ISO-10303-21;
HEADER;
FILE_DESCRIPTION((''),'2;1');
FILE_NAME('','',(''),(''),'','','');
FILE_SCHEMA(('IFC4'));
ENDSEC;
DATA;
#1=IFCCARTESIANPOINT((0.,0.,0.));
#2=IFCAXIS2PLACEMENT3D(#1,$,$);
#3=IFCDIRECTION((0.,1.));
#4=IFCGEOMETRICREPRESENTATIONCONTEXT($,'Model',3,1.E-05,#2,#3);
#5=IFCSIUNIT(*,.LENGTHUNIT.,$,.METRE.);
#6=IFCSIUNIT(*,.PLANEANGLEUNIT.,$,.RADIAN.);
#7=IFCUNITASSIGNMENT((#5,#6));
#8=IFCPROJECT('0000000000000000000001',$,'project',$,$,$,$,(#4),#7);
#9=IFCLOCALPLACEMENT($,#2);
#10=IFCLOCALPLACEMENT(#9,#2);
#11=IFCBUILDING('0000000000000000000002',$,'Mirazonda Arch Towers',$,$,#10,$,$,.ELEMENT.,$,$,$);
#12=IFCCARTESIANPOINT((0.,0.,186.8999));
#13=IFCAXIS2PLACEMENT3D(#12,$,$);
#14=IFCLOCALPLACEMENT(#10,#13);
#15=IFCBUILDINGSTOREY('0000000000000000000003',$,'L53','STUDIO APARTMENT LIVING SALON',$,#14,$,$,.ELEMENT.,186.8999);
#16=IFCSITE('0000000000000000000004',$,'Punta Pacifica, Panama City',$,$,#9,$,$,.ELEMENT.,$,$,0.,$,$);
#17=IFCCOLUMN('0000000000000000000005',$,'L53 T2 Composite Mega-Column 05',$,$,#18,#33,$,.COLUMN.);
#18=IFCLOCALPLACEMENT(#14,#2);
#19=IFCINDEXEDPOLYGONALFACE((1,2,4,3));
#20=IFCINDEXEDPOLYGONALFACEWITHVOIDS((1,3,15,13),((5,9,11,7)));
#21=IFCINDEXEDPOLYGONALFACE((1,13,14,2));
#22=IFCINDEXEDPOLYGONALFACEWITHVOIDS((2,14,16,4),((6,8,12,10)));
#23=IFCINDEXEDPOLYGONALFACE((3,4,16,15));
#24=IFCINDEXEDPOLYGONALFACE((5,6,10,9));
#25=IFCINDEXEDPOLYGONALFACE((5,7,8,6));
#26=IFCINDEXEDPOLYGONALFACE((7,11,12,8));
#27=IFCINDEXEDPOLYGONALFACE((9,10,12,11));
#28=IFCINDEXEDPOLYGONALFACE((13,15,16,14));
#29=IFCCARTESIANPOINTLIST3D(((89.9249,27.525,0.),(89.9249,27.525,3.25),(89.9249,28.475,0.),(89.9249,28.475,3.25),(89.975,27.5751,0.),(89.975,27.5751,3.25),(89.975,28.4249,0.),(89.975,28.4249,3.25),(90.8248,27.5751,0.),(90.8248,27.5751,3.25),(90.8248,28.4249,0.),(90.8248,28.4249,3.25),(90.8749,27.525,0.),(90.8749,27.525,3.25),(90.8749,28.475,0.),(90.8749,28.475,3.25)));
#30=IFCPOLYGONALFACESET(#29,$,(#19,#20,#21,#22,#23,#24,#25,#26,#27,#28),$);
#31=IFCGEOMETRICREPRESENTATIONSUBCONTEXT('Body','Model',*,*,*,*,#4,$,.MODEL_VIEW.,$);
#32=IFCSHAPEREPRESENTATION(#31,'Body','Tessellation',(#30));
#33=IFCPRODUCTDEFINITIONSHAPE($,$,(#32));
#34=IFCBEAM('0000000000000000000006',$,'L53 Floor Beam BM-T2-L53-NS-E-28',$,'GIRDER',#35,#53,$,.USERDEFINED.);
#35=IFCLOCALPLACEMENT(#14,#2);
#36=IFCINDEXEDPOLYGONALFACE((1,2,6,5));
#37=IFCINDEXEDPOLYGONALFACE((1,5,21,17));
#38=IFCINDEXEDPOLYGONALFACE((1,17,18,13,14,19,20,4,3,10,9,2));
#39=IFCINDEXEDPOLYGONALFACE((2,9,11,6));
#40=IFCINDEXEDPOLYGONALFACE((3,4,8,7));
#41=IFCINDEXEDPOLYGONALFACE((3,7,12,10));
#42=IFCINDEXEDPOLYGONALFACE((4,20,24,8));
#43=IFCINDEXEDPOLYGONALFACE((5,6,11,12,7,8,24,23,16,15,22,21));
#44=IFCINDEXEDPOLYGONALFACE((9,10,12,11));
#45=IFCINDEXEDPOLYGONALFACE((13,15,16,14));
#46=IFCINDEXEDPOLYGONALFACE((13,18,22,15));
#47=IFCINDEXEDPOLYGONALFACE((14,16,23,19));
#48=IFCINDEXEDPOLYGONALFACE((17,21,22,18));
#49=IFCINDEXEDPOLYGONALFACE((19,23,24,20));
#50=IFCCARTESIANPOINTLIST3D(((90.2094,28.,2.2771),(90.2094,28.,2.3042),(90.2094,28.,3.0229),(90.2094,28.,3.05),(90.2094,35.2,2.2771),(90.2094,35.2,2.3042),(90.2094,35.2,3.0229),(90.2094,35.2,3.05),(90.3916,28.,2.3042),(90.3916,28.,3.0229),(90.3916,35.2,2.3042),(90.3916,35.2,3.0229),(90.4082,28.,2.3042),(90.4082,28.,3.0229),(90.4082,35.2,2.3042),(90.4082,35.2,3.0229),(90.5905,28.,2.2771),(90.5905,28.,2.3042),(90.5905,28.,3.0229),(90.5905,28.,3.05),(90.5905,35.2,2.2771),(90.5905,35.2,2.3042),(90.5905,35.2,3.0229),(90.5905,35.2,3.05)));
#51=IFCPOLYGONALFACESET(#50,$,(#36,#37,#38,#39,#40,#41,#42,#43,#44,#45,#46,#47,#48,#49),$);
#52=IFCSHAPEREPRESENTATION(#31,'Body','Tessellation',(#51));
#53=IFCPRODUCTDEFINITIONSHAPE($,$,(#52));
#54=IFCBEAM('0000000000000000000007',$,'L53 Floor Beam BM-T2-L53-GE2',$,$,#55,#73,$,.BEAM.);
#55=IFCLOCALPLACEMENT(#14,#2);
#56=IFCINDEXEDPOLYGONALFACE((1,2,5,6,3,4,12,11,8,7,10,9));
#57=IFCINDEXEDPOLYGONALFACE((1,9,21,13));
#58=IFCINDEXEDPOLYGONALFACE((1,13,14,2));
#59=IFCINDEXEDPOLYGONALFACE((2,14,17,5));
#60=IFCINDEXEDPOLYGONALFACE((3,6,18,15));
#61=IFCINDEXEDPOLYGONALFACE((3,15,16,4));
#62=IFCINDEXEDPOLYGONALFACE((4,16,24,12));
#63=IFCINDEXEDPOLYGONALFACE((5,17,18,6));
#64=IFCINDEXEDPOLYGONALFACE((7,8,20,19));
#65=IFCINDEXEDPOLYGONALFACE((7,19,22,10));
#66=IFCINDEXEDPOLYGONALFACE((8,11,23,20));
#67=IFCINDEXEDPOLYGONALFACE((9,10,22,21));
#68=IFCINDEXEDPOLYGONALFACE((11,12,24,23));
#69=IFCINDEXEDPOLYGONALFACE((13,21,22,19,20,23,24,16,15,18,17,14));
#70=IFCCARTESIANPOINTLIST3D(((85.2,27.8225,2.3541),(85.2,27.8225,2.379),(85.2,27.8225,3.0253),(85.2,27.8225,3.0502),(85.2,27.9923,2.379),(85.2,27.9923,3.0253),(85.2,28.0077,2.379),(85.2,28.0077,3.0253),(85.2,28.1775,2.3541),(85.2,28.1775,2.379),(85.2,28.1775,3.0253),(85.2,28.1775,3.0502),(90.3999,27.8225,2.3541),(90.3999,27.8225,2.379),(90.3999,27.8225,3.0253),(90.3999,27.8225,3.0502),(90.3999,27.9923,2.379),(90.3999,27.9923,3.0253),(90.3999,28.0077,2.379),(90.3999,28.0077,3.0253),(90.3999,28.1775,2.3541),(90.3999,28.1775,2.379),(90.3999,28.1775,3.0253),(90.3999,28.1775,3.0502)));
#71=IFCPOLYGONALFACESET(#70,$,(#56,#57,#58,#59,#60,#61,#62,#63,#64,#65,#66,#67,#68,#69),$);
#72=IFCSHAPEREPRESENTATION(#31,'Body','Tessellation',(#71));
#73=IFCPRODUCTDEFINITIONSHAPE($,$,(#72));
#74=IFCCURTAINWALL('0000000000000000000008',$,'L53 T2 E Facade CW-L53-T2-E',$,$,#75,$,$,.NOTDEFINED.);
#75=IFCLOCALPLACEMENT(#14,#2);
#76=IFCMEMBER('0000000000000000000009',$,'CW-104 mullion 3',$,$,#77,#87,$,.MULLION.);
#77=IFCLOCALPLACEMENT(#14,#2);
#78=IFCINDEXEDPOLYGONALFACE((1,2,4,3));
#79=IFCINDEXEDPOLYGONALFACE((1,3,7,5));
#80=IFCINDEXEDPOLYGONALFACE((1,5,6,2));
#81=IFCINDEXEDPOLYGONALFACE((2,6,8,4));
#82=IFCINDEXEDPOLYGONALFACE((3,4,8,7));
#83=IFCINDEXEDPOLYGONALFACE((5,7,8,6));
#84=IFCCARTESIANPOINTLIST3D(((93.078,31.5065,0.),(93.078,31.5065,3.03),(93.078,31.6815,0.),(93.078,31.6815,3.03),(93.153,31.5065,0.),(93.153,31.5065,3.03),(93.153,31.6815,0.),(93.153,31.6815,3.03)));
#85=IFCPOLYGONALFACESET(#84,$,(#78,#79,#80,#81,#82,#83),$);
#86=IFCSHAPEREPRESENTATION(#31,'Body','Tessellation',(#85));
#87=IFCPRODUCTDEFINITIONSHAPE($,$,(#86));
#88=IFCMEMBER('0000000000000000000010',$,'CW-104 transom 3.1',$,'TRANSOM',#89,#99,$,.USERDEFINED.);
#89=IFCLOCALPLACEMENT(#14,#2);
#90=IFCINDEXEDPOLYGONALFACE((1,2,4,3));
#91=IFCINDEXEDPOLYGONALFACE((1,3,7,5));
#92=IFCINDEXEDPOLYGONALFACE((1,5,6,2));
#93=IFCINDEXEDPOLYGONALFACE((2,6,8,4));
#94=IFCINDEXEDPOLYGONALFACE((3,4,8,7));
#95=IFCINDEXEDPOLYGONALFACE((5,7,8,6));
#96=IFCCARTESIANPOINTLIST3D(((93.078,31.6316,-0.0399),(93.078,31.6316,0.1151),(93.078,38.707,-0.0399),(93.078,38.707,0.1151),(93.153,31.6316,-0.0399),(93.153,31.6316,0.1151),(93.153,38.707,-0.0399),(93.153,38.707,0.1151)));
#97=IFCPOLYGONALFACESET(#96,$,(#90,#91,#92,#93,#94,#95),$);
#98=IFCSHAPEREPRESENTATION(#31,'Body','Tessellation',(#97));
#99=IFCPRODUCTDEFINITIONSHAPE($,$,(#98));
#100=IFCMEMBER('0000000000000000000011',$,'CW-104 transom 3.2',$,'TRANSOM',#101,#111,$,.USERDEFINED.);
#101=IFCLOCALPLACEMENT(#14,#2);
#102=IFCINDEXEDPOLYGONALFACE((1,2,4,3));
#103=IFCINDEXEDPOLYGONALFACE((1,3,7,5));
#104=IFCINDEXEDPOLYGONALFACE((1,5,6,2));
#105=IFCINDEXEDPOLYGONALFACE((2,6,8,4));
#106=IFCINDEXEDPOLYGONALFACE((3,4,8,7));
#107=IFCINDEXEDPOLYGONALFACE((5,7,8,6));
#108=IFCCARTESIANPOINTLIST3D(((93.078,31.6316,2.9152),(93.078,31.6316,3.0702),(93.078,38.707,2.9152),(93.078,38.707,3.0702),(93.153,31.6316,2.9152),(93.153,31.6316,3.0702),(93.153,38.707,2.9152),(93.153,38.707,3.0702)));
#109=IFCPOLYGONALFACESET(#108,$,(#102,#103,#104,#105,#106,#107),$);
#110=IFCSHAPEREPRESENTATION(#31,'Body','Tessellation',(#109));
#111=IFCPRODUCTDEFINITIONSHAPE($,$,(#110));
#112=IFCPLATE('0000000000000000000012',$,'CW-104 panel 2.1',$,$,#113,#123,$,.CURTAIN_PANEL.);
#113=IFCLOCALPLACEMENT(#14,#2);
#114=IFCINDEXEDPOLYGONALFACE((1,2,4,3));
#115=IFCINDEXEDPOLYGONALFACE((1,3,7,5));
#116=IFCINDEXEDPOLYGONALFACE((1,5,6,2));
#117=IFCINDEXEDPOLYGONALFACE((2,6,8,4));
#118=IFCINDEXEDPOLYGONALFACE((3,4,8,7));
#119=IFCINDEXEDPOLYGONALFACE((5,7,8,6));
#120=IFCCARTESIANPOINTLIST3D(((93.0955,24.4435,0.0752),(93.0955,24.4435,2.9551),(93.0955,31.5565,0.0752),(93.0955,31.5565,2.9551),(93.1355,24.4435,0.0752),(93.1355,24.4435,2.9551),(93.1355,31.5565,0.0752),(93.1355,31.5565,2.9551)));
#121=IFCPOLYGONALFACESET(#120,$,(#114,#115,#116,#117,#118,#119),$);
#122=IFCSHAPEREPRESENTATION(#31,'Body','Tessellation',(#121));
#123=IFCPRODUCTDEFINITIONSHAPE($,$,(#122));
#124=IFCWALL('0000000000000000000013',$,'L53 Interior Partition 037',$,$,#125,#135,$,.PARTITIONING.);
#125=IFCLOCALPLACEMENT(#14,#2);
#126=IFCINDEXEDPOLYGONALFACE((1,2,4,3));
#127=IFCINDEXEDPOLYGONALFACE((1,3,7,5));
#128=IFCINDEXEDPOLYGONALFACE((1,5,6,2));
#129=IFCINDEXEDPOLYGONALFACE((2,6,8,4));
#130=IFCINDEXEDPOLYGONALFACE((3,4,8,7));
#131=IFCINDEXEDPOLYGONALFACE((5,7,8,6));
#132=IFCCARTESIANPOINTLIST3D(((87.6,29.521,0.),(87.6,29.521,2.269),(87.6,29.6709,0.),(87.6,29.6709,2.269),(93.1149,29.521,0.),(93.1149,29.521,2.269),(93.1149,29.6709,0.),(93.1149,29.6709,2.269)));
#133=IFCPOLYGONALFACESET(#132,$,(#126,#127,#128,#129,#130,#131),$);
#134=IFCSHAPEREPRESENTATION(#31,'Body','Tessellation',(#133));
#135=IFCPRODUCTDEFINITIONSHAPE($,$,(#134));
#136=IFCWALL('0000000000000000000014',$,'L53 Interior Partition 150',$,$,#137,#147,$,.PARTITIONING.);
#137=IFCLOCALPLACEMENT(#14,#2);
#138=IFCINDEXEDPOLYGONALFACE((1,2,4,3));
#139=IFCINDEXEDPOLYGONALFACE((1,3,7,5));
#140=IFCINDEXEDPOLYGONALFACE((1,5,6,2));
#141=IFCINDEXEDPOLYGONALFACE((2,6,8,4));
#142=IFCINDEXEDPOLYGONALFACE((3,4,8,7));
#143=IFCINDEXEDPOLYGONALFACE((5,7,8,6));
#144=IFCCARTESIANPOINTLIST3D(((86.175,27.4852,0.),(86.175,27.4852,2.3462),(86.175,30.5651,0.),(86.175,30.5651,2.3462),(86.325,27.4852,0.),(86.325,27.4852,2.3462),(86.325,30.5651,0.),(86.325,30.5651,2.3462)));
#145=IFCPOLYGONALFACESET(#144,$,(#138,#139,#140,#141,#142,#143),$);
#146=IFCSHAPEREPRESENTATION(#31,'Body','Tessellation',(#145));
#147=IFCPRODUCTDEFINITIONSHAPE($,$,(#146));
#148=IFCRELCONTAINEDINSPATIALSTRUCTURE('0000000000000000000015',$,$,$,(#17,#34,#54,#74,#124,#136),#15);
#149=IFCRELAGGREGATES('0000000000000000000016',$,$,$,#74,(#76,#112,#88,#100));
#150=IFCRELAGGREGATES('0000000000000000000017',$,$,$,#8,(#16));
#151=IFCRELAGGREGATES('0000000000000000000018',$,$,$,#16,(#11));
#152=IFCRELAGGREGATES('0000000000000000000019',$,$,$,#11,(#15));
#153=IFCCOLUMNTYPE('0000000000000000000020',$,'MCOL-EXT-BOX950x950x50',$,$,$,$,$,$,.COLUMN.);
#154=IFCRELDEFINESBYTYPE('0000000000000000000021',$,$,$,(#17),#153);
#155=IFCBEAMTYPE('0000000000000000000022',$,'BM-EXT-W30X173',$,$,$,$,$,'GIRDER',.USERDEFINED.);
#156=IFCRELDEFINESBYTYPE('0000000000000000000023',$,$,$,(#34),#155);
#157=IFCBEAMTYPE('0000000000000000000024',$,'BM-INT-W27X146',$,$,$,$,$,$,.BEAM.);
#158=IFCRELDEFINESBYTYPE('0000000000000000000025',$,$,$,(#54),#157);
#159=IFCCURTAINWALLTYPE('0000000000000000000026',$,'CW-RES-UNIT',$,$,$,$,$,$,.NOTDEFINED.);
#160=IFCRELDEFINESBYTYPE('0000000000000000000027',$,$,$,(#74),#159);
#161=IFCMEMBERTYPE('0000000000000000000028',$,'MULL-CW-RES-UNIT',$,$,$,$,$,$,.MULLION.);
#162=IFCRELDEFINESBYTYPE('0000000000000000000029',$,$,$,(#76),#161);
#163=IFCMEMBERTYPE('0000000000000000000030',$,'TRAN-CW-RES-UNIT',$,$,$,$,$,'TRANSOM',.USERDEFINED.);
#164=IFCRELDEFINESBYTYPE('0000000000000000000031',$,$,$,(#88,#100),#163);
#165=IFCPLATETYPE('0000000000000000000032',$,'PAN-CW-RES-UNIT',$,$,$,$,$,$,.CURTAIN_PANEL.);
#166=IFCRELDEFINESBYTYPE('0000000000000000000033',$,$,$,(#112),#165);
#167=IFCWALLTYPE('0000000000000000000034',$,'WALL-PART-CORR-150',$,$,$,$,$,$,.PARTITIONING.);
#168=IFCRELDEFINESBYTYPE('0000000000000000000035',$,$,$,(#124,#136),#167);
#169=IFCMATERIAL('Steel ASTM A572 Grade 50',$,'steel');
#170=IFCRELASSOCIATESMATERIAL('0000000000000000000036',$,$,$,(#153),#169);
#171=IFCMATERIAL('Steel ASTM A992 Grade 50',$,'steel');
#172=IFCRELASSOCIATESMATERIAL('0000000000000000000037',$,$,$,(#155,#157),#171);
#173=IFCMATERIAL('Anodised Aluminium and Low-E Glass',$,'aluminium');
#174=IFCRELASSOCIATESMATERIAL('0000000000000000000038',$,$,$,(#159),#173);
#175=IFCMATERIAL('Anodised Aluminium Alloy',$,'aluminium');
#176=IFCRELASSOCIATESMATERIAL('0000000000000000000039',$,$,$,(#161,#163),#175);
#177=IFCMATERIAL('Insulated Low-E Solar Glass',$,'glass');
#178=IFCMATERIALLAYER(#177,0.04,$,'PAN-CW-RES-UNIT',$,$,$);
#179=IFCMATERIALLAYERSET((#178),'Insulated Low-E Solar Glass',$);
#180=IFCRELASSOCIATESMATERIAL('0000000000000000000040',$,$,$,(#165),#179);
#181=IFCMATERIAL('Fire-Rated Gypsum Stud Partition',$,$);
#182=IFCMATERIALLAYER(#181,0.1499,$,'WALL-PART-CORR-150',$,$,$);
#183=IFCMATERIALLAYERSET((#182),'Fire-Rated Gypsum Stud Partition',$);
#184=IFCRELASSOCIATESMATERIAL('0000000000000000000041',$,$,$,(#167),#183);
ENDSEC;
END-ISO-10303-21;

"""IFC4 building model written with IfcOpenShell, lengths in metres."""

from ifc_helpers import new_model, si_unit, direction, frame, frame_2d, origin, origin_2d, place, context, subcontext, project, spatial, rectangle, hollow_rectangle, i_section, extrude, material, layer, layer_set, material_profile, profile_set, type_object, element, aggregate, save


model = new_model("IFC4")

# Units and contexts
model_context = context("Model", 3, precision=1e-05, world=origin(), true_north=direction((0.0, 1.0)))
body_context = subcontext(model_context, "Body", "Model", "MODEL_VIEW")
ifc_project = project(units=[si_unit("LENGTHUNIT", "METRE"), si_unit("PLANEANGLEUNIT", "RADIAN")], contexts=[model_context])

# Site, building, storey
site_placement = place(None, origin())
site = spatial("IfcSite", under=ifc_project, at=site_placement, Name="Punta Pacifica, Panama City", CompositionType="ELEMENT", RefElevation=0.0)
building_placement = place(site_placement, origin())
building = spatial("IfcBuilding", under=site, at=building_placement, Name="Mirazonda Arch Towers", CompositionType="ELEMENT")
storey_placement = place(building_placement, frame((0.0, 0.0, 186.8999)))
storey = spatial("IfcBuildingStorey", under=building, at=storey_placement, Name="L53", Description="STUDIO APARTMENT LIVING SALON", CompositionType="ELEMENT", Elevation=186.8999)

# Column
ifc_material_1 = material(Name="Steel ASTM A572 Grade 50", Category="steel")
ifc_material_profile_1 = material_profile(ifc_material_1, hollow_rectangle(XDim=0.95, YDim=0.95, WallThickness=0.05, at=origin_2d()), Name="BOX950x950x50")
ifc_profile_set_1 = profile_set([ifc_material_profile_1], Name="Steel ASTM A572 Grade 50")
column_type = type_object("IfcColumnType", Name="MCOL-EXT-BOX950x950x50", PredefinedType="COLUMN", material=ifc_profile_set_1)
column_placement = place(storey_placement, frame((90.3999, 28.0, 0.0), z_axis=(0.0, 0.0, 1.0), x_axis=(1.0, 0.0, 0.0)))
element("IfcColumn", 1, at=column_placement, inside=storey, type_object=column_type, Name="L53 T2 Composite Mega-Column 05", PredefinedType="COLUMN", context=body_context, shape_type="SweptSolid", body=[
    extrude(hollow_rectangle(XDim=0.95, YDim=0.95, WallThickness=0.05, at=origin_2d()), origin(), (0.0, 0.0, 1.0), 3.25),
])

# Beams
ifc_material_2 = material(Name="Steel ASTM A992 Grade 50", Category="steel")
ifc_material_profile_2 = material_profile(ifc_material_2, i_section(OverallWidth=0.3811, OverallDepth=0.7729, WebThickness=0.0166, FlangeThickness=0.0271, at=origin_2d()), Name="W30X173")
ifc_profile_set_2 = profile_set([ifc_material_profile_2], Name="Steel ASTM A992 Grade 50")
beam_type_1 = type_object("IfcBeamType", Name="BM-EXT-W30X173", ElementType="GIRDER", PredefinedType="USERDEFINED", material=ifc_profile_set_2)
beam_1_placement = place(storey_placement, frame((90.3999, 28.0, 2.6636), z_axis=(0.0, 1.0, 0.0), x_axis=(-1.0, 0.0, 0.0)))
element("IfcBeam", 2, at=beam_1_placement, inside=storey, type_object=beam_type_1, Name="L53 Floor Beam BM-T2-L53-NS-E-28", ObjectType="GIRDER", PredefinedType="USERDEFINED", context=body_context, shape_type="SweptSolid", body=[
    extrude(i_section(OverallWidth=0.3811, OverallDepth=0.7729, WebThickness=0.0166, FlangeThickness=0.0271, at=origin_2d()), origin(), (0.0, 0.0, 1.0), 7.2),
])
ifc_material_profile_3 = material_profile(ifc_material_2, i_section(OverallWidth=0.355, OverallDepth=0.696, WebThickness=0.0154, FlangeThickness=0.0249, at=origin_2d()), Name="W27X146")
ifc_profile_set_3 = profile_set([ifc_material_profile_3], Name="Steel ASTM A992 Grade 50")
beam_type_2 = type_object("IfcBeamType", Name="BM-INT-W27X146", PredefinedType="BEAM", material=ifc_profile_set_3)
beam_2_placement = place(storey_placement, frame((85.2, 28.0, 2.7021), z_axis=(1.0, 0.0, 0.0), x_axis=(0.0, 1.0, 0.0)))
element("IfcBeam", 3, at=beam_2_placement, inside=storey, type_object=beam_type_2, Name="L53 Floor Beam BM-T2-L53-GE2", PredefinedType="BEAM", context=body_context, shape_type="SweptSolid", body=[
    extrude(i_section(OverallWidth=0.355, OverallDepth=0.696, WebThickness=0.0154, FlangeThickness=0.0249, at=origin_2d()), origin(), (0.0, 0.0, 1.0), 5.2),
])

# Curtain wall, members, plate
ifc_material_3 = material(Name="Anodised Aluminium and Low-E Glass", Category="aluminium")
curtain_wall_type = type_object("IfcCurtainWallType", Name="CW-RES-UNIT", PredefinedType="NOTDEFINED", material=ifc_material_3)
curtain_wall_placement = place(storey_placement, origin())
curtain_wall = element("IfcCurtainWall", 4, at=curtain_wall_placement, inside=storey, type_object=curtain_wall_type, Name="L53 T2 E Facade CW-L53-T2-E", PredefinedType="NOTDEFINED")
ifc_material_4 = material(Name="Anodised Aluminium Alloy", Category="aluminium")
ifc_material_profile_4 = material_profile(ifc_material_4, rectangle(XDim=0.075, YDim=0.175, at=origin_2d()), Name="ALU-MULL-75x175")
ifc_profile_set_4 = profile_set([ifc_material_profile_4], Name="Anodised Aluminium Alloy")
member_type_1 = type_object("IfcMemberType", Name="MULL-CW-RES-UNIT", PredefinedType="MULLION", material=ifc_profile_set_4)
member_1_placement = place(storey_placement, frame((93.1155, 31.594, 0.0), z_axis=(0.0, 0.0, 1.0), x_axis=(-1.0, 0.0, 0.0)))
member_1 = element("IfcMember", 5, at=member_1_placement, type_object=member_type_1, Name="CW-104 mullion 3", PredefinedType="MULLION", context=body_context, shape_type="SweptSolid", body=[
    extrude(rectangle(XDim=0.075, YDim=0.175, at=origin_2d()), origin(), (0.0, 0.0, 1.0), 3.03),
])
ifc_material_profile_5 = material_profile(ifc_material_4, rectangle(XDim=0.075, YDim=0.155, at=origin_2d()), Name="ALU-TRAN-75x155")
ifc_profile_set_5 = profile_set([ifc_material_profile_5], Name="Anodised Aluminium Alloy")
member_type_2 = type_object("IfcMemberType", Name="TRAN-CW-RES-UNIT", ElementType="TRANSOM", PredefinedType="USERDEFINED", material=ifc_profile_set_5)
member_2_placement = place(storey_placement, frame((93.1155, 31.6316, 0.0376), z_axis=(0.0, 1.0, 0.0), x_axis=(-1.0, 0.0, 0.0)))
member_2 = element("IfcMember", 6, at=member_2_placement, type_object=member_type_2, Name="CW-104 transom 3.1", ObjectType="TRANSOM", PredefinedType="USERDEFINED", context=body_context, shape_type="SweptSolid", body=[
    extrude(rectangle(XDim=0.075, YDim=0.155, at=origin_2d()), origin(), (0.0, 0.0, 1.0), 7.0754),
])
member_3_placement = place(storey_placement, frame((93.1155, 31.6316, 2.9927), z_axis=(0.0, 1.0, 0.0), x_axis=(-1.0, 0.0, 0.0)))
member_3 = element("IfcMember", 7, at=member_3_placement, type_object=member_type_2, Name="CW-104 transom 3.2", ObjectType="TRANSOM", PredefinedType="USERDEFINED", context=body_context, shape_type="SweptSolid", body=[
    extrude(rectangle(XDim=0.075, YDim=0.155, at=origin_2d()), origin(), (0.0, 0.0, 1.0), 7.0754),
])
ifc_material_5 = material(Name="Insulated Low-E Solar Glass", Category="glass")
ifc_layer_1 = layer(ifc_material_5, 0.04, Name="PAN-CW-RES-UNIT")
ifc_layer_set_1 = layer_set([ifc_layer_1], Name="Insulated Low-E Solar Glass")
plate_type = type_object("IfcPlateType", Name="PAN-CW-RES-UNIT", PredefinedType="CURTAIN_PANEL", material=ifc_layer_set_1)
plate_placement = place(storey_placement, frame((93.1155, 28.0, 0.0752), z_axis=(0.0, 0.0, 1.0), x_axis=(0.0, 1.0, 0.0)))
plate = element("IfcPlate", 8, at=plate_placement, type_object=plate_type, Name="CW-104 panel 2.1", PredefinedType="CURTAIN_PANEL", context=body_context, shape_type="SweptSolid", body=[
    extrude(rectangle(XDim=7.113, YDim=0.04, at=origin_2d()), origin(), (0.0, 0.0, 1.0), 2.8799),
])
aggregate(curtain_wall, [member_1, plate, member_2, member_3])

# Shared definitions
ifc_material_6 = material(Name="Fire-Rated Gypsum Stud Partition")
ifc_layer_2 = layer(ifc_material_6, 0.1499, Name="WALL-PART-CORR-150")
ifc_layer_set_2 = layer_set([ifc_layer_2], Name="Fire-Rated Gypsum Stud Partition")
wall_type_1 = type_object("IfcWallType", Name="WALL-PART-CORR-150", PredefinedType="PARTITIONING", material=ifc_layer_set_2)

# Wall
wall_1_placement = place(storey_placement, frame((87.6001, 29.5959, 0.0), z_axis=(0.0, 0.0, 1.0), x_axis=(1.0, 0.0, 0.0)))
element("IfcWall", 9, at=wall_1_placement, inside=storey, type_object=wall_type_1, Name="L53 Interior Partition 037", PredefinedType="PARTITIONING", context=body_context, shape_type="SweptSolid", body=[
    extrude(rectangle(XDim=5.5149, YDim=0.1499, at=frame_2d((2.7573, 0.0))), origin(), (0.0, 0.0, 1.0), 2.269),
])

# Wall
wall_2_placement = place(storey_placement, frame((86.25, 27.4851, 0.0), z_axis=(0.0, 0.0, 1.0), x_axis=(0.0, 1.0, 0.0)))
element("IfcWall", 10, at=wall_2_placement, inside=storey, type_object=wall_type_1, Name="L53 Interior Partition 150", PredefinedType="PARTITIONING", context=body_context, shape_type="SweptSolid", body=[
    extrude(rectangle(XDim=3.0798, YDim=0.1499, at=frame_2d((1.54, 0.0))), origin(), (0.0, 0.0, 1.0), 2.3462),
])

save(model, "model.ifc")
